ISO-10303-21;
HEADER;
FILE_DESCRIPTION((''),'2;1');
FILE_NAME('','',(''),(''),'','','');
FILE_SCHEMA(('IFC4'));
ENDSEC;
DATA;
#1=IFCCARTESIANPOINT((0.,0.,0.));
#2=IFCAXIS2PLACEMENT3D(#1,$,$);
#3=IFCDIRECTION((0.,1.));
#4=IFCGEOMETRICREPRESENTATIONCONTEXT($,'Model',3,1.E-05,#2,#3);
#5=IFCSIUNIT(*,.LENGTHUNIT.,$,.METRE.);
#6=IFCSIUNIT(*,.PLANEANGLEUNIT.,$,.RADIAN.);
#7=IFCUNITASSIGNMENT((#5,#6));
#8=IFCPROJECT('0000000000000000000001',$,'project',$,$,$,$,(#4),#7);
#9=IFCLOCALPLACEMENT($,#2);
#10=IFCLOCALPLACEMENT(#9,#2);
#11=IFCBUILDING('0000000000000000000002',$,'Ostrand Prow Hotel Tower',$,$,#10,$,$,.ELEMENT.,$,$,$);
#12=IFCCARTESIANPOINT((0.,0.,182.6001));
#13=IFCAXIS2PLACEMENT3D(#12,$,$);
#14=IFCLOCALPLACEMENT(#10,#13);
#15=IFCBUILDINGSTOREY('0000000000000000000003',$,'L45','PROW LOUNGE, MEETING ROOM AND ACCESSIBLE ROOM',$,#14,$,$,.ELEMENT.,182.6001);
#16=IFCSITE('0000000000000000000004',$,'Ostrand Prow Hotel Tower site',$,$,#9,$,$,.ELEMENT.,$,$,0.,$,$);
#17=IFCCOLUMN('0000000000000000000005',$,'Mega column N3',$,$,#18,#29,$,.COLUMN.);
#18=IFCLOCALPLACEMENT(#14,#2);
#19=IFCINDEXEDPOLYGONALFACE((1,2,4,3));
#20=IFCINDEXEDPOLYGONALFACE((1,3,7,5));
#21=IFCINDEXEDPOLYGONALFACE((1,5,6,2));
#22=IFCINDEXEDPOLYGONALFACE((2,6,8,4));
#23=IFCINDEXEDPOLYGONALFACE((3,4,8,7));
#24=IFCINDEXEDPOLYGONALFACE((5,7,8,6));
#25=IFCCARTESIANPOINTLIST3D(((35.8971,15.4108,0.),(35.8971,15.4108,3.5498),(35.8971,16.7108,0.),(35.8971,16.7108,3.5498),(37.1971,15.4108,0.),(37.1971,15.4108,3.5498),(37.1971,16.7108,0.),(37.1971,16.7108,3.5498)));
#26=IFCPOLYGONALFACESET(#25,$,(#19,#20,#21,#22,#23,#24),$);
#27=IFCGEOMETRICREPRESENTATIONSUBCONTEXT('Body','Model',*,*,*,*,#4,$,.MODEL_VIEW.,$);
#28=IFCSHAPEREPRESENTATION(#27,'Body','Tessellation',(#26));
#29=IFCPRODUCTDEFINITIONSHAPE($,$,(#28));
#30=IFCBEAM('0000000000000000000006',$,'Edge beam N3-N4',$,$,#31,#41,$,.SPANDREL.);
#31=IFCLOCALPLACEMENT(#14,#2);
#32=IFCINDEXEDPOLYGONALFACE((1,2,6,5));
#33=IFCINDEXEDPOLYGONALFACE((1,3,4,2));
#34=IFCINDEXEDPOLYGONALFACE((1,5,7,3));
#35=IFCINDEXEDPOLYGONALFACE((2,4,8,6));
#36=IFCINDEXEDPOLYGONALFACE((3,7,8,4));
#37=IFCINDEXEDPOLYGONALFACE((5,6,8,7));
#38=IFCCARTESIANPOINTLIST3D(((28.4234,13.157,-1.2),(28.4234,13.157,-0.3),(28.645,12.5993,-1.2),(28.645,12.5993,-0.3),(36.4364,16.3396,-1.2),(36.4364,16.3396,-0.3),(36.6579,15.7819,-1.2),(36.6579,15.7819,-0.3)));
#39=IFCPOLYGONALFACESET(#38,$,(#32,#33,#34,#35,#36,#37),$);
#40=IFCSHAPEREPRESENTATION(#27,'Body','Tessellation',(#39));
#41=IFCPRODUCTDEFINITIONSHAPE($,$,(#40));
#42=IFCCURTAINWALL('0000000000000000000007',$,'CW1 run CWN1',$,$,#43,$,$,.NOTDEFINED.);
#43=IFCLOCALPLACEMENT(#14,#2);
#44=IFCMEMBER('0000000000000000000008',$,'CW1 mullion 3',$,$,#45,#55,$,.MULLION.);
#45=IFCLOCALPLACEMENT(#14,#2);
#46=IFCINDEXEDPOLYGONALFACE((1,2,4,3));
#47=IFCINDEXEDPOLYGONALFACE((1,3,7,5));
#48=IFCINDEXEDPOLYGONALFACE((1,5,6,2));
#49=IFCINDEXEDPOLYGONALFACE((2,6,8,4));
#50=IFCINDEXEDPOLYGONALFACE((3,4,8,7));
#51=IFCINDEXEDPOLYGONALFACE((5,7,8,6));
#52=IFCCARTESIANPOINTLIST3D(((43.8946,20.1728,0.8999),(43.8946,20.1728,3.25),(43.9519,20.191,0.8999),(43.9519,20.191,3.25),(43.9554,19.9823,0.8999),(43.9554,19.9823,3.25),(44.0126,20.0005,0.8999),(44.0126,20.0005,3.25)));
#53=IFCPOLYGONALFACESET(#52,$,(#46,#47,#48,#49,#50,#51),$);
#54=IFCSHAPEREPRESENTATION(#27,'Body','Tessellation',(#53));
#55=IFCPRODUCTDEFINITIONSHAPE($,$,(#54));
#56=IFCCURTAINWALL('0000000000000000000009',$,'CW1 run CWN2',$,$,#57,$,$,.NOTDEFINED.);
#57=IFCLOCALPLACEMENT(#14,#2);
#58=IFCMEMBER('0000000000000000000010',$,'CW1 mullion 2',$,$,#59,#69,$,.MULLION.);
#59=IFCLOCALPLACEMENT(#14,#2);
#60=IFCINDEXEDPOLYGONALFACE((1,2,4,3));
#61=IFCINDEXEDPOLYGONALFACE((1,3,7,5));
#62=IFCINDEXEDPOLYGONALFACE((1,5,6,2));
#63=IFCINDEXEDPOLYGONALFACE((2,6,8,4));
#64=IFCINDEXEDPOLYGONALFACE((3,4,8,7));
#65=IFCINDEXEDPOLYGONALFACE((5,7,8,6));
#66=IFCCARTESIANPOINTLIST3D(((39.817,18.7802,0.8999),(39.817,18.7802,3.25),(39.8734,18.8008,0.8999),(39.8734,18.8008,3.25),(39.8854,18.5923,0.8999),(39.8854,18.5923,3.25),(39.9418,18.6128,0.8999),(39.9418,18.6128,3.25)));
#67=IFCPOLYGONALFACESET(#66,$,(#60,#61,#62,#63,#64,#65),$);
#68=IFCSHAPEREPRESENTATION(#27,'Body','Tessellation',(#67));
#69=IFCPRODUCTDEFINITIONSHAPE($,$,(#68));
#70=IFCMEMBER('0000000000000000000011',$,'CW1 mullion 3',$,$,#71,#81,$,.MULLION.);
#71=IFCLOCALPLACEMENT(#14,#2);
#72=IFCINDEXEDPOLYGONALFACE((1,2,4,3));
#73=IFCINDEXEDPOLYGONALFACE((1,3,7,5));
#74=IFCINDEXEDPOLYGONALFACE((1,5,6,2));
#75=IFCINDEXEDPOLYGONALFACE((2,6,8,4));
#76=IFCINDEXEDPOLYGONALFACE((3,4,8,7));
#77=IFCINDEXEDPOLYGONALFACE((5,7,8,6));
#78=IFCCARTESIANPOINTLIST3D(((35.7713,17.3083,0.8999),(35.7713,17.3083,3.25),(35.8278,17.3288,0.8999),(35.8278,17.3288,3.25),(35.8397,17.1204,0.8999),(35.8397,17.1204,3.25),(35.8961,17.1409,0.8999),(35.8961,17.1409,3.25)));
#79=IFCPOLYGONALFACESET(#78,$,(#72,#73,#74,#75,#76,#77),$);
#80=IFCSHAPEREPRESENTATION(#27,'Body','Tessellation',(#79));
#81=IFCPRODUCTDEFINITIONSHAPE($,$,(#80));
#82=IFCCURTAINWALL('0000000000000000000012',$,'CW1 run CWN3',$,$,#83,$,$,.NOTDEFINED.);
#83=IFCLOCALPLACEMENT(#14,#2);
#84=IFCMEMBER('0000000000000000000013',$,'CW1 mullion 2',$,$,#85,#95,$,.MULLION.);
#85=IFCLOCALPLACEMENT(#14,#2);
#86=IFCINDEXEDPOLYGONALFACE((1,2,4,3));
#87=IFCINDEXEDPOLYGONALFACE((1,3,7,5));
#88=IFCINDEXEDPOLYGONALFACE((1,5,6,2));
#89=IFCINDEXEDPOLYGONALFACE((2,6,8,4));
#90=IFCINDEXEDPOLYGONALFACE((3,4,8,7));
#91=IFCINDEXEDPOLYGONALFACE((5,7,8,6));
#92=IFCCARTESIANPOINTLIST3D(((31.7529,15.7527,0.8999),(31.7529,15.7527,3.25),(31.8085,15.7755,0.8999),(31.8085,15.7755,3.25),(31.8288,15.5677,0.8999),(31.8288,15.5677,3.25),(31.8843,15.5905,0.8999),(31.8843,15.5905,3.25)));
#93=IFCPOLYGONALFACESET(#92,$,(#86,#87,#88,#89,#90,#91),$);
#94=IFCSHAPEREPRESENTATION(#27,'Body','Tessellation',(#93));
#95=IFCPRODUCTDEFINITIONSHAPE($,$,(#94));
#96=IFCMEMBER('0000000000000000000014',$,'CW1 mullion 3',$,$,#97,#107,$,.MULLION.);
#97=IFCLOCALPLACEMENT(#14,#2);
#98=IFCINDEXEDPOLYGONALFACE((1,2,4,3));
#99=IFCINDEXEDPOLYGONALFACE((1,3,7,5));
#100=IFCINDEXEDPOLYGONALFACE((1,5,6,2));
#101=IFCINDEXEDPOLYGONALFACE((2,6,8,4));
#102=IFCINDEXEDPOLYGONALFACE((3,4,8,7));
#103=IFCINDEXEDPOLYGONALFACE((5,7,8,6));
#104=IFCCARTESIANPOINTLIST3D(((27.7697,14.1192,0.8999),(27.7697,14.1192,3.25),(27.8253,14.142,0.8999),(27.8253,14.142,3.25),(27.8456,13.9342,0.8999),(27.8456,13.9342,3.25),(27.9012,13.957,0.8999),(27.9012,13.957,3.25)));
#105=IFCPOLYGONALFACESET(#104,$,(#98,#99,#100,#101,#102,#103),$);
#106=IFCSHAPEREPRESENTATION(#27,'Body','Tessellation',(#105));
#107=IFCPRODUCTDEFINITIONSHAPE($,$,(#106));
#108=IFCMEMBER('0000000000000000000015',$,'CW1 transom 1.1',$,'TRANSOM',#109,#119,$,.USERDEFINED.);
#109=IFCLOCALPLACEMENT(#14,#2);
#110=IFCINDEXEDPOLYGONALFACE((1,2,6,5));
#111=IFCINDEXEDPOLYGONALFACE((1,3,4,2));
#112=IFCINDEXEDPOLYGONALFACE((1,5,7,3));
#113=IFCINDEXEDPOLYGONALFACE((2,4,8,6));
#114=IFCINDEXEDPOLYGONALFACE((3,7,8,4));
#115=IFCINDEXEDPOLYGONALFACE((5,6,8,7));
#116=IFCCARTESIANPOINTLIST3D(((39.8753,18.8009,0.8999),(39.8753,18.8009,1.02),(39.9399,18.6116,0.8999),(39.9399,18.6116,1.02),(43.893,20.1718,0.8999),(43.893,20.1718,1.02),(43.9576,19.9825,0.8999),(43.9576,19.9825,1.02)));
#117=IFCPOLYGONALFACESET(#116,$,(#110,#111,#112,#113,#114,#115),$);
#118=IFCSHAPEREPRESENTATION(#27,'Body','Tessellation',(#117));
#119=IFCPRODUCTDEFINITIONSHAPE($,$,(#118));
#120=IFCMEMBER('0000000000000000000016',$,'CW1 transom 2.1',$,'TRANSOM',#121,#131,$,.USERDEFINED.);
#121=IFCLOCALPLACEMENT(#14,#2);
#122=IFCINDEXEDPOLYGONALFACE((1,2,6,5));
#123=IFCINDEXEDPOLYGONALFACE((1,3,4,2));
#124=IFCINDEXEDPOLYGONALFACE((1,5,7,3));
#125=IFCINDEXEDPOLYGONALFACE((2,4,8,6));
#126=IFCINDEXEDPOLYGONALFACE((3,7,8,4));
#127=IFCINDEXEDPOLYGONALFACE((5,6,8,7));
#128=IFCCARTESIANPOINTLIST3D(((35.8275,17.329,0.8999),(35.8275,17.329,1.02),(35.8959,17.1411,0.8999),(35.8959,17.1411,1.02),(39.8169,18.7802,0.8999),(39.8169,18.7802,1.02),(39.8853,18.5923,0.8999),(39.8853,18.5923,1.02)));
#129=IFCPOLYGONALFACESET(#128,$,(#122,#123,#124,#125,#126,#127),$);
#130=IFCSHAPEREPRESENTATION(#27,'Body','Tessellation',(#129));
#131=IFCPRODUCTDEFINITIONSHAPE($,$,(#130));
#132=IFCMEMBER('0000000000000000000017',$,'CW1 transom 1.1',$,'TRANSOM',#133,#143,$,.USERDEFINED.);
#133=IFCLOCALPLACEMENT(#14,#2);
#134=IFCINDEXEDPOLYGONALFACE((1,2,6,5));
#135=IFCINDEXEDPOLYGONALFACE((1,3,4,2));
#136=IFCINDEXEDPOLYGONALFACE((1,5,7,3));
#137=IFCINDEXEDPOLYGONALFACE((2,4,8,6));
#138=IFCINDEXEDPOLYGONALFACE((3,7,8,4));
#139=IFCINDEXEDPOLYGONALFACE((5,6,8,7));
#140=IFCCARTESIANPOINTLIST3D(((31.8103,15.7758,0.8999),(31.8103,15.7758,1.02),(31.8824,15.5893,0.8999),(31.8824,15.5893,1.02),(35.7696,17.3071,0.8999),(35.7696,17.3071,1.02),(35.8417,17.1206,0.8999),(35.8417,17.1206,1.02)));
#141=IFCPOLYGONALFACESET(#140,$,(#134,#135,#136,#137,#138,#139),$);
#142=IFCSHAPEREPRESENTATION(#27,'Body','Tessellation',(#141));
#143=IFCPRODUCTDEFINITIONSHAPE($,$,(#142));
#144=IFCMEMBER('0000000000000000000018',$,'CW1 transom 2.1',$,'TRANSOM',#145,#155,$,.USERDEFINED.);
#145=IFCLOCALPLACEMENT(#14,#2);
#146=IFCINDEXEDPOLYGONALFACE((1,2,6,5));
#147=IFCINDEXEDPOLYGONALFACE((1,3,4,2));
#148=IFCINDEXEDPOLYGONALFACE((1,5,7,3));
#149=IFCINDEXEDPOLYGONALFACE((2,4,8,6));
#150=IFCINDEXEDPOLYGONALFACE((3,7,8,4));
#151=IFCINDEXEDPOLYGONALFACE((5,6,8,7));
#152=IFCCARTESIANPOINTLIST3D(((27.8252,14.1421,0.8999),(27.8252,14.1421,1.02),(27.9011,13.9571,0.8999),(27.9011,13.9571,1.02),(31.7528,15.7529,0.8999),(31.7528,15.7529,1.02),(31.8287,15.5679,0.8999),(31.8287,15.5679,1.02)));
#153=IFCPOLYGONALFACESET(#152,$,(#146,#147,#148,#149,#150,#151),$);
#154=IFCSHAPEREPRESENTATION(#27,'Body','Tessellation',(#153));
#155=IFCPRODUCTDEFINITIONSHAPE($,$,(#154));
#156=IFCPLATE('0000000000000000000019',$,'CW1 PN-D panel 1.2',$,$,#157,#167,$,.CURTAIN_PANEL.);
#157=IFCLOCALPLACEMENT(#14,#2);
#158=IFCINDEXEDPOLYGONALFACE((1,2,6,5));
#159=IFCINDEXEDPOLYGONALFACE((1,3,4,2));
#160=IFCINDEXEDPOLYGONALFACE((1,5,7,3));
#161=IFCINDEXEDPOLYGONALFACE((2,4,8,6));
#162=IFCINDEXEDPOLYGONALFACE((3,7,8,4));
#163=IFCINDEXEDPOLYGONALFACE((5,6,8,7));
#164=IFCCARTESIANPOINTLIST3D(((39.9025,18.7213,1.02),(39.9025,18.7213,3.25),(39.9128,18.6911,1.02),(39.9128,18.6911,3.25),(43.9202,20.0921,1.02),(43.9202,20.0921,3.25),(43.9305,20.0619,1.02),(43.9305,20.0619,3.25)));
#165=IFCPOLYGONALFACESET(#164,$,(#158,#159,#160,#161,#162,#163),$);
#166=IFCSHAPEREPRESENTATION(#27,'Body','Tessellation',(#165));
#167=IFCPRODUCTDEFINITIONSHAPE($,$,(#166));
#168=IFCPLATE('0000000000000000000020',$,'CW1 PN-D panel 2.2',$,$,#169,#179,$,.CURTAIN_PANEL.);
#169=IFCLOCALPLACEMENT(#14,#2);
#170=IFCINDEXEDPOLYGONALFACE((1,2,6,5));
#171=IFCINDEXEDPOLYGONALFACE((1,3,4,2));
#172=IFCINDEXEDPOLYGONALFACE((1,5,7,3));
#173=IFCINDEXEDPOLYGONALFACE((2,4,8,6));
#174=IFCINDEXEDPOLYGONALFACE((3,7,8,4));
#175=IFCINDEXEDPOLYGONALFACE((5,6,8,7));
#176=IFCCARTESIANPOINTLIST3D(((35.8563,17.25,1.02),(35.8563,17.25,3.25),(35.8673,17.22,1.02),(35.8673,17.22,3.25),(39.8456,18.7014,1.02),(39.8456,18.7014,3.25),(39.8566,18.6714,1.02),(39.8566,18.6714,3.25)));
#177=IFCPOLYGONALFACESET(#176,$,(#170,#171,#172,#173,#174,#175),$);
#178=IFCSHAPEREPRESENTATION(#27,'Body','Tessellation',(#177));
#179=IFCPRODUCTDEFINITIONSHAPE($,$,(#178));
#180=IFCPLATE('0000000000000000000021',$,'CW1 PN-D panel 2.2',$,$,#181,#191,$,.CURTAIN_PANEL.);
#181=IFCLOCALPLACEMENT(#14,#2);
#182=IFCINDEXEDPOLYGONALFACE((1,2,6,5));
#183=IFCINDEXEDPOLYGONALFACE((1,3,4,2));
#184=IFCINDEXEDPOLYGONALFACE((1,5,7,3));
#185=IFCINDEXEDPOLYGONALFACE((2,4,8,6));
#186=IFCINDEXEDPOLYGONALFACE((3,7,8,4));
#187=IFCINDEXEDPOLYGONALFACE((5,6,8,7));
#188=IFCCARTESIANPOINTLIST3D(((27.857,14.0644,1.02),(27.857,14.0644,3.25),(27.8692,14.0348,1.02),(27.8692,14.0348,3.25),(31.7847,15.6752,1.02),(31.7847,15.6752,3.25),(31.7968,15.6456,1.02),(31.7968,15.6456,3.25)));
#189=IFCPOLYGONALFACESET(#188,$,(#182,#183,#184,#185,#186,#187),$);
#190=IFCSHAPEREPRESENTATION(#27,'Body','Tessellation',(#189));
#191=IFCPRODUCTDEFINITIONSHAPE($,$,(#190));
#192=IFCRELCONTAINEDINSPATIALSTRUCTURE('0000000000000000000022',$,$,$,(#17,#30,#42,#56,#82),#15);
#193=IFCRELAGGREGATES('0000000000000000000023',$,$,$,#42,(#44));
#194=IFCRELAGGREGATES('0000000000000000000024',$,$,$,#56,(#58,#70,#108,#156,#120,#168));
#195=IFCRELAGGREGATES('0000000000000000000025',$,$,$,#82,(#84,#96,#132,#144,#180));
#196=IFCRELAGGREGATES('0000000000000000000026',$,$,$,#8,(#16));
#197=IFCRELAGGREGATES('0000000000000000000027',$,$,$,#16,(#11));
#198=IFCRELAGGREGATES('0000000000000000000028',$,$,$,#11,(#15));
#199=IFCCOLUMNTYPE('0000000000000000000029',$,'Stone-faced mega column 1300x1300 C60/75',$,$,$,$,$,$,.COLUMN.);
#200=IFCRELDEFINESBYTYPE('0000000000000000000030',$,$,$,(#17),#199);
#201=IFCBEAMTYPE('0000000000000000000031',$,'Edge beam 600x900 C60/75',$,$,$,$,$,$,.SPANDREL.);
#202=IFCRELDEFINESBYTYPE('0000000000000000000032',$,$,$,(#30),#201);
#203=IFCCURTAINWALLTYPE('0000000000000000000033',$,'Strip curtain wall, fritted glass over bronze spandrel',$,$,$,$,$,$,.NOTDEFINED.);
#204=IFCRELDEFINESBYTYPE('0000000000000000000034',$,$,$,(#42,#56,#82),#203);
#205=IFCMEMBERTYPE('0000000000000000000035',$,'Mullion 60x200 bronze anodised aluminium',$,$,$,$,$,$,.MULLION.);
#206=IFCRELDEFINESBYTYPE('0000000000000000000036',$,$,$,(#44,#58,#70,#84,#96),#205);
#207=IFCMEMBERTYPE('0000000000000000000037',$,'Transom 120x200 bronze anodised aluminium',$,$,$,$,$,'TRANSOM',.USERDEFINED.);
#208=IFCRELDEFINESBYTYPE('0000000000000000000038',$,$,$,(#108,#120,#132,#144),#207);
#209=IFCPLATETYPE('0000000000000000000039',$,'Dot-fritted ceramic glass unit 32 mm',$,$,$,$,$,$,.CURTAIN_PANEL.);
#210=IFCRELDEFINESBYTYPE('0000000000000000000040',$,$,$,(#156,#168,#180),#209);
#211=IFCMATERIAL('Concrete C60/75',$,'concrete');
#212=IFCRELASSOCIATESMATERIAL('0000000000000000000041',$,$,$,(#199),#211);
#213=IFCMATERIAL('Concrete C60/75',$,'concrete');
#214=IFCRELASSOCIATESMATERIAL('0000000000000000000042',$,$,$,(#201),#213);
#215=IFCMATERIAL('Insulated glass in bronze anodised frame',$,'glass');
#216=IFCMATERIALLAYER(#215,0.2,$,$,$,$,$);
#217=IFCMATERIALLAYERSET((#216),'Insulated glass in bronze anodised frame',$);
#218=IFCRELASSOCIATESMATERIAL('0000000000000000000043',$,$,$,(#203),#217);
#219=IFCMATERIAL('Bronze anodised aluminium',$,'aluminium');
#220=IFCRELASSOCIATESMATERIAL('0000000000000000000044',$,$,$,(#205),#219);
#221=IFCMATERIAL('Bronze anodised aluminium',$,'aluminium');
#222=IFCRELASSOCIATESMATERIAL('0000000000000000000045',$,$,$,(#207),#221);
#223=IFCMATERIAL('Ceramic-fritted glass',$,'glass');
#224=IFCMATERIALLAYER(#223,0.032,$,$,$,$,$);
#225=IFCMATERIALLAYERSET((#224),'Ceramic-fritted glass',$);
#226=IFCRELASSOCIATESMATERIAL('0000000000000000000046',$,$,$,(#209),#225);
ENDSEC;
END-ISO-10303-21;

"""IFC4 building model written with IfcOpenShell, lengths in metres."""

from ifc_helpers import new_model, si_unit, direction, frame, origin, origin_2d, place, context, subcontext, project, spatial, rectangle, extrude, material, layer, layer_set, material_profile, profile_set, type_object, element, aggregate, save


model = new_model("IFC4")

# Units and contexts
model_context = context("Model", 3, precision=1e-05, world=origin(), true_north=direction((0.0, 1.0)))
body_context = subcontext(model_context, "Body", "Model", "MODEL_VIEW")
ifc_project = project(units=[si_unit("LENGTHUNIT", "METRE"), si_unit("PLANEANGLEUNIT", "RADIAN")], contexts=[model_context])

# Site, building, storey
site_placement = place(None, origin())
site = spatial("IfcSite", under=ifc_project, at=site_placement, Name="Ostrand Prow Hotel Tower site", CompositionType="ELEMENT", RefElevation=0.0)
building_placement = place(site_placement, origin())
building = spatial("IfcBuilding", under=site, at=building_placement, Name="Ostrand Prow Hotel Tower", CompositionType="ELEMENT")
storey_placement = place(building_placement, frame((0.0, 0.0, 182.6001)))
storey = spatial("IfcBuildingStorey", under=building, at=storey_placement, Name="L45", Description="PROW LOUNGE, MEETING ROOM AND ACCESSIBLE ROOM", CompositionType="ELEMENT", Elevation=182.6001)

# Column
ifc_material_1 = material(Name="Concrete C60/75", Category="concrete")
ifc_material_profile_1 = material_profile(ifc_material_1, rectangle(XDim=1.3, YDim=1.3, at=origin_2d()), Name="RC 1300x1300")
ifc_profile_set_1 = profile_set([ifc_material_profile_1], Name="Concrete C60/75")
column_type = type_object("IfcColumnType", Name="Stone-faced mega column 1300x1300 C60/75", PredefinedType="COLUMN", material=ifc_profile_set_1)
column_placement = place(storey_placement, frame((36.5471, 16.0608, 0.0), z_axis=(0.0, 0.0, 1.0), x_axis=(1.0, 0.0, 0.0)))
element("IfcColumn", 1, at=column_placement, inside=storey, type_object=column_type, Name="Mega column N3", PredefinedType="COLUMN", context=body_context, shape_type="SweptSolid", body=[
    extrude(rectangle(XDim=1.3, YDim=1.3, at=origin_2d()), origin(), (0.0, 0.0, 1.0), 3.5498),
])

# Beam
ifc_material_2 = material(Name="Concrete C60/75", Category="concrete")
ifc_material_profile_2 = material_profile(ifc_material_2, rectangle(XDim=0.6001, YDim=0.8999, at=origin_2d()), Name="RC 600x900")
ifc_profile_set_2 = profile_set([ifc_material_profile_2], Name="Concrete C60/75")
beam_type = type_object("IfcBeamType", Name="Edge beam 600x900 C60/75", PredefinedType="SPANDREL", material=ifc_profile_set_2)
beam_placement = place(storey_placement, frame((36.5471, 16.0608, -0.75), z_axis=(-0.929376, -0.369134, 0.0), x_axis=(0.369134, -0.929376, 0.0)))
element("IfcBeam", 2, at=beam_placement, inside=storey, type_object=beam_type, Name="Edge beam N3-N4", PredefinedType="SPANDREL", context=body_context, shape_type="SweptSolid", body=[
    extrude(rectangle(XDim=0.6001, YDim=0.8999, at=origin_2d()), origin(), (0.0, 0.0, 1.0), 8.6218),
])

# Curtain wall, member
ifc_material_3 = material(Name="Insulated glass in bronze anodised frame", Category="glass")
ifc_layer_1 = layer(ifc_material_3, 0.2)
ifc_layer_set_1 = layer_set([ifc_layer_1], Name="Insulated glass in bronze anodised frame")
curtain_wall_type = type_object("IfcCurtainWallType", Name="Strip curtain wall, fritted glass over bronze spandrel", PredefinedType="NOTDEFINED", material=ifc_layer_set_1)
curtain_wall_1_placement = place(storey_placement, origin())
curtain_wall_1 = element("IfcCurtainWall", 3, at=curtain_wall_1_placement, inside=storey, type_object=curtain_wall_type, Name="CW1 run CWN1", PredefinedType="NOTDEFINED")
ifc_material_4 = material(Name="Bronze anodised aluminium", Category="aluminium")
ifc_material_profile_3 = material_profile(ifc_material_4, rectangle(XDim=0.2, YDim=0.0601, at=origin_2d()), Name="Mullion 60x200 bronze anodised aluminium")
ifc_profile_set_3 = profile_set([ifc_material_profile_3], Name="Bronze anodised aluminium")
member_type_1 = type_object("IfcMemberType", Name="Mullion 60x200 bronze anodised aluminium", PredefinedType="MULLION", material=ifc_profile_set_3)
member_1_placement = place(storey_placement, frame((43.9536, 20.0867, 0.8999), z_axis=(0.0, 0.0, 1.0), x_axis=(0.303787, -0.95274, 0.0)))
member_1 = element("IfcMember", 4, at=member_1_placement, type_object=member_type_1, Name="CW1 mullion 3", PredefinedType="MULLION", context=body_context, shape_type="SweptSolid", body=[
    extrude(rectangle(XDim=0.2, YDim=0.0601, at=origin_2d()), origin(), (0.0, 0.0, 1.0), 2.3501),
])
aggregate(curtain_wall_1, [member_1])

# Curtain walls, members
curtain_wall_2_placement = place(storey_placement, origin())
curtain_wall_2 = element("IfcCurtainWall", 5, at=curtain_wall_2_placement, inside=storey, type_object=curtain_wall_type, Name="CW1 run CWN2", PredefinedType="NOTDEFINED")
member_2_placement = place(storey_placement, frame((39.8794, 18.6965, 0.8999), z_axis=(0.0, 0.0, 1.0), x_axis=(0.341897, -0.939737, 0.0)))
member_2 = element("IfcMember", 6, at=member_2_placement, type_object=member_type_1, Name="CW1 mullion 2", PredefinedType="MULLION", context=body_context, shape_type="SweptSolid", body=[
    extrude(rectangle(XDim=0.2, YDim=0.0601, at=origin_2d()), origin(), (0.0, 0.0, 1.0), 2.3501),
])
member_3_placement = place(storey_placement, frame((35.8337, 17.2246, 0.8999), z_axis=(0.0, 0.0, 1.0), x_axis=(0.341897, -0.939737, 0.0)))
member_3 = element("IfcMember", 7, at=member_3_placement, type_object=member_type_1, Name="CW1 mullion 3", PredefinedType="MULLION", context=body_context, shape_type="SweptSolid", body=[
    extrude(rectangle(XDim=0.2, YDim=0.0601, at=origin_2d()), origin(), (0.0, 0.0, 1.0), 2.3501),
])
curtain_wall_3_placement = place(storey_placement, origin())
curtain_wall_3 = element("IfcCurtainWall", 8, at=curtain_wall_3_placement, inside=storey, type_object=curtain_wall_type, Name="CW1 run CWN3", PredefinedType="NOTDEFINED")
member_4_placement = place(storey_placement, frame((31.8186, 15.6716, 0.8999), z_axis=(0.0, 0.0, 1.0), x_axis=(0.379453, -0.925211, 0.0)))
member_4 = element("IfcMember", 9, at=member_4_placement, type_object=member_type_1, Name="CW1 mullion 2", PredefinedType="MULLION", context=body_context, shape_type="SweptSolid", body=[
    extrude(rectangle(XDim=0.2, YDim=0.0601, at=origin_2d()), origin(), (0.0, 0.0, 1.0), 2.3501),
])
member_5_placement = place(storey_placement, frame((27.8354, 14.0381, 0.8999), z_axis=(0.0, 0.0, 1.0), x_axis=(0.379453, -0.925211, 0.0)))
member_5 = element("IfcMember", 10, at=member_5_placement, type_object=member_type_1, Name="CW1 mullion 3", PredefinedType="MULLION", context=body_context, shape_type="SweptSolid", body=[
    extrude(rectangle(XDim=0.2, YDim=0.0601, at=origin_2d()), origin(), (0.0, 0.0, 1.0), 2.3501),
])

# Members
ifc_material_5 = material(Name="Bronze anodised aluminium", Category="aluminium")
ifc_material_profile_4 = material_profile(ifc_material_5, rectangle(XDim=0.2, YDim=0.1201, at=origin_2d()), Name="Transom 120x200 bronze anodised aluminium")
ifc_profile_set_4 = profile_set([ifc_material_profile_4], Name="Bronze anodised aluminium")
member_type_2 = type_object("IfcMemberType", Name="Transom 120x200 bronze anodised aluminium", ElementType="TRANSOM", PredefinedType="USERDEFINED", material=ifc_profile_set_4)
member_6_placement = place(storey_placement, frame((43.9253, 20.0771, 0.96), z_axis=(-0.946422, -0.322932, 0.0), x_axis=(0.322932, -0.946422, 0.0)))
member_6 = element("IfcMember", 11, at=member_6_placement, type_object=member_type_2, Name="CW1 transom 1.1", ObjectType="TRANSOM", PredefinedType="USERDEFINED", context=body_context, shape_type="SweptSolid", body=[
    extrude(rectangle(XDim=0.2, YDim=0.1201, at=origin_2d()), origin(), (0.0, 0.0, 1.0), 4.2451),
])
member_7_placement = place(storey_placement, frame((39.8511, 18.6863, 0.96), z_axis=(-0.939753, -0.341854, 0.0), x_axis=(0.341854, -0.939753, 0.0)))
member_7 = element("IfcMember", 12, at=member_7_placement, type_object=member_type_2, Name="CW1 transom 2.1", ObjectType="TRANSOM", PredefinedType="USERDEFINED", context=body_context, shape_type="SweptSolid", body=[
    extrude(rectangle(XDim=0.2, YDim=0.1201, at=origin_2d()), origin(), (0.0, 0.0, 1.0), 4.2451),
])
member_8_placement = place(storey_placement, frame((35.8057, 17.2139, 0.96), z_axis=(-0.932675, -0.360717, 0.0), x_axis=(0.360717, -0.932675, 0.0)))
member_8 = element("IfcMember", 13, at=member_8_placement, type_object=member_type_2, Name="CW1 transom 1.1", ObjectType="TRANSOM", PredefinedType="USERDEFINED", context=body_context, shape_type="SweptSolid", body=[
    extrude(rectangle(XDim=0.2, YDim=0.1201, at=origin_2d()), origin(), (0.0, 0.0, 1.0), 4.2451),
])
member_9_placement = place(storey_placement, frame((31.7908, 15.6604, 0.96), z_axis=(-0.925213, -0.379448, 0.0), x_axis=(0.379448, -0.925213, 0.0)))
member_9 = element("IfcMember", 14, at=member_9_placement, type_object=member_type_2, Name="CW1 transom 2.1", ObjectType="TRANSOM", PredefinedType="USERDEFINED", context=body_context, shape_type="SweptSolid", body=[
    extrude(rectangle(XDim=0.2, YDim=0.1201, at=origin_2d()), origin(), (0.0, 0.0, 1.0), 4.2451),
])

# Plates
ifc_material_6 = material(Name="Ceramic-fritted glass", Category="glass")
ifc_layer_2 = layer(ifc_material_6, 0.032)
ifc_layer_set_2 = layer_set([ifc_layer_2], Name="Ceramic-fritted glass")
plate_type_1 = type_object("IfcPlateType", Name="Dot-fritted ceramic glass unit 32 mm", PredefinedType="CURTAIN_PANEL", material=ifc_layer_set_2)
plate_1_placement = place(storey_placement, frame((41.9165, 19.3916, 1.02), z_axis=(0.0, 0.0, 1.0), x_axis=(-0.94643, -0.322908, 0.0)))
plate_1 = element("IfcPlate", 15, at=plate_1_placement, type_object=plate_type_1, Name="CW1 PN-D panel 1.2", PredefinedType="CURTAIN_PANEL", context=body_context, shape_type="SweptSolid", body=[
    extrude(rectangle(XDim=4.2451, YDim=0.032, at=origin_2d()), origin(), (0.0, 0.0, 1.0), 2.23),
])
plate_2_placement = place(storey_placement, frame((37.8564, 17.9607, 1.02), z_axis=(0.0, 0.0, 1.0), x_axis=(-0.939737, -0.341897, 0.0)))
plate_2 = element("IfcPlate", 16, at=plate_2_placement, type_object=plate_type_1, Name="CW1 PN-D panel 2.2", PredefinedType="CURTAIN_PANEL", context=body_context, shape_type="SweptSolid", body=[
    extrude(rectangle(XDim=4.2451, YDim=0.032, at=origin_2d()), origin(), (0.0, 0.0, 1.0), 2.23),
])
aggregate(curtain_wall_2, [member_2, member_3, member_6, plate_1, member_7, plate_2])
plate_3_placement = place(storey_placement, frame((29.8269, 14.855, 1.02), z_axis=(0.0, 0.0, 1.0), x_axis=(-0.925211, -0.379453, 0.0)))
plate_3 = element("IfcPlate", 17, at=plate_3_placement, type_object=plate_type_1, Name="CW1 PN-D panel 2.2", PredefinedType="CURTAIN_PANEL", context=body_context, shape_type="SweptSolid", body=[
    extrude(rectangle(XDim=4.2451, YDim=0.032, at=origin_2d()), origin(), (0.0, 0.0, 1.0), 2.23),
])
aggregate(curtain_wall_3, [member_4, member_5, member_8, member_9, plate_3])

save(model, "model.ifc")
